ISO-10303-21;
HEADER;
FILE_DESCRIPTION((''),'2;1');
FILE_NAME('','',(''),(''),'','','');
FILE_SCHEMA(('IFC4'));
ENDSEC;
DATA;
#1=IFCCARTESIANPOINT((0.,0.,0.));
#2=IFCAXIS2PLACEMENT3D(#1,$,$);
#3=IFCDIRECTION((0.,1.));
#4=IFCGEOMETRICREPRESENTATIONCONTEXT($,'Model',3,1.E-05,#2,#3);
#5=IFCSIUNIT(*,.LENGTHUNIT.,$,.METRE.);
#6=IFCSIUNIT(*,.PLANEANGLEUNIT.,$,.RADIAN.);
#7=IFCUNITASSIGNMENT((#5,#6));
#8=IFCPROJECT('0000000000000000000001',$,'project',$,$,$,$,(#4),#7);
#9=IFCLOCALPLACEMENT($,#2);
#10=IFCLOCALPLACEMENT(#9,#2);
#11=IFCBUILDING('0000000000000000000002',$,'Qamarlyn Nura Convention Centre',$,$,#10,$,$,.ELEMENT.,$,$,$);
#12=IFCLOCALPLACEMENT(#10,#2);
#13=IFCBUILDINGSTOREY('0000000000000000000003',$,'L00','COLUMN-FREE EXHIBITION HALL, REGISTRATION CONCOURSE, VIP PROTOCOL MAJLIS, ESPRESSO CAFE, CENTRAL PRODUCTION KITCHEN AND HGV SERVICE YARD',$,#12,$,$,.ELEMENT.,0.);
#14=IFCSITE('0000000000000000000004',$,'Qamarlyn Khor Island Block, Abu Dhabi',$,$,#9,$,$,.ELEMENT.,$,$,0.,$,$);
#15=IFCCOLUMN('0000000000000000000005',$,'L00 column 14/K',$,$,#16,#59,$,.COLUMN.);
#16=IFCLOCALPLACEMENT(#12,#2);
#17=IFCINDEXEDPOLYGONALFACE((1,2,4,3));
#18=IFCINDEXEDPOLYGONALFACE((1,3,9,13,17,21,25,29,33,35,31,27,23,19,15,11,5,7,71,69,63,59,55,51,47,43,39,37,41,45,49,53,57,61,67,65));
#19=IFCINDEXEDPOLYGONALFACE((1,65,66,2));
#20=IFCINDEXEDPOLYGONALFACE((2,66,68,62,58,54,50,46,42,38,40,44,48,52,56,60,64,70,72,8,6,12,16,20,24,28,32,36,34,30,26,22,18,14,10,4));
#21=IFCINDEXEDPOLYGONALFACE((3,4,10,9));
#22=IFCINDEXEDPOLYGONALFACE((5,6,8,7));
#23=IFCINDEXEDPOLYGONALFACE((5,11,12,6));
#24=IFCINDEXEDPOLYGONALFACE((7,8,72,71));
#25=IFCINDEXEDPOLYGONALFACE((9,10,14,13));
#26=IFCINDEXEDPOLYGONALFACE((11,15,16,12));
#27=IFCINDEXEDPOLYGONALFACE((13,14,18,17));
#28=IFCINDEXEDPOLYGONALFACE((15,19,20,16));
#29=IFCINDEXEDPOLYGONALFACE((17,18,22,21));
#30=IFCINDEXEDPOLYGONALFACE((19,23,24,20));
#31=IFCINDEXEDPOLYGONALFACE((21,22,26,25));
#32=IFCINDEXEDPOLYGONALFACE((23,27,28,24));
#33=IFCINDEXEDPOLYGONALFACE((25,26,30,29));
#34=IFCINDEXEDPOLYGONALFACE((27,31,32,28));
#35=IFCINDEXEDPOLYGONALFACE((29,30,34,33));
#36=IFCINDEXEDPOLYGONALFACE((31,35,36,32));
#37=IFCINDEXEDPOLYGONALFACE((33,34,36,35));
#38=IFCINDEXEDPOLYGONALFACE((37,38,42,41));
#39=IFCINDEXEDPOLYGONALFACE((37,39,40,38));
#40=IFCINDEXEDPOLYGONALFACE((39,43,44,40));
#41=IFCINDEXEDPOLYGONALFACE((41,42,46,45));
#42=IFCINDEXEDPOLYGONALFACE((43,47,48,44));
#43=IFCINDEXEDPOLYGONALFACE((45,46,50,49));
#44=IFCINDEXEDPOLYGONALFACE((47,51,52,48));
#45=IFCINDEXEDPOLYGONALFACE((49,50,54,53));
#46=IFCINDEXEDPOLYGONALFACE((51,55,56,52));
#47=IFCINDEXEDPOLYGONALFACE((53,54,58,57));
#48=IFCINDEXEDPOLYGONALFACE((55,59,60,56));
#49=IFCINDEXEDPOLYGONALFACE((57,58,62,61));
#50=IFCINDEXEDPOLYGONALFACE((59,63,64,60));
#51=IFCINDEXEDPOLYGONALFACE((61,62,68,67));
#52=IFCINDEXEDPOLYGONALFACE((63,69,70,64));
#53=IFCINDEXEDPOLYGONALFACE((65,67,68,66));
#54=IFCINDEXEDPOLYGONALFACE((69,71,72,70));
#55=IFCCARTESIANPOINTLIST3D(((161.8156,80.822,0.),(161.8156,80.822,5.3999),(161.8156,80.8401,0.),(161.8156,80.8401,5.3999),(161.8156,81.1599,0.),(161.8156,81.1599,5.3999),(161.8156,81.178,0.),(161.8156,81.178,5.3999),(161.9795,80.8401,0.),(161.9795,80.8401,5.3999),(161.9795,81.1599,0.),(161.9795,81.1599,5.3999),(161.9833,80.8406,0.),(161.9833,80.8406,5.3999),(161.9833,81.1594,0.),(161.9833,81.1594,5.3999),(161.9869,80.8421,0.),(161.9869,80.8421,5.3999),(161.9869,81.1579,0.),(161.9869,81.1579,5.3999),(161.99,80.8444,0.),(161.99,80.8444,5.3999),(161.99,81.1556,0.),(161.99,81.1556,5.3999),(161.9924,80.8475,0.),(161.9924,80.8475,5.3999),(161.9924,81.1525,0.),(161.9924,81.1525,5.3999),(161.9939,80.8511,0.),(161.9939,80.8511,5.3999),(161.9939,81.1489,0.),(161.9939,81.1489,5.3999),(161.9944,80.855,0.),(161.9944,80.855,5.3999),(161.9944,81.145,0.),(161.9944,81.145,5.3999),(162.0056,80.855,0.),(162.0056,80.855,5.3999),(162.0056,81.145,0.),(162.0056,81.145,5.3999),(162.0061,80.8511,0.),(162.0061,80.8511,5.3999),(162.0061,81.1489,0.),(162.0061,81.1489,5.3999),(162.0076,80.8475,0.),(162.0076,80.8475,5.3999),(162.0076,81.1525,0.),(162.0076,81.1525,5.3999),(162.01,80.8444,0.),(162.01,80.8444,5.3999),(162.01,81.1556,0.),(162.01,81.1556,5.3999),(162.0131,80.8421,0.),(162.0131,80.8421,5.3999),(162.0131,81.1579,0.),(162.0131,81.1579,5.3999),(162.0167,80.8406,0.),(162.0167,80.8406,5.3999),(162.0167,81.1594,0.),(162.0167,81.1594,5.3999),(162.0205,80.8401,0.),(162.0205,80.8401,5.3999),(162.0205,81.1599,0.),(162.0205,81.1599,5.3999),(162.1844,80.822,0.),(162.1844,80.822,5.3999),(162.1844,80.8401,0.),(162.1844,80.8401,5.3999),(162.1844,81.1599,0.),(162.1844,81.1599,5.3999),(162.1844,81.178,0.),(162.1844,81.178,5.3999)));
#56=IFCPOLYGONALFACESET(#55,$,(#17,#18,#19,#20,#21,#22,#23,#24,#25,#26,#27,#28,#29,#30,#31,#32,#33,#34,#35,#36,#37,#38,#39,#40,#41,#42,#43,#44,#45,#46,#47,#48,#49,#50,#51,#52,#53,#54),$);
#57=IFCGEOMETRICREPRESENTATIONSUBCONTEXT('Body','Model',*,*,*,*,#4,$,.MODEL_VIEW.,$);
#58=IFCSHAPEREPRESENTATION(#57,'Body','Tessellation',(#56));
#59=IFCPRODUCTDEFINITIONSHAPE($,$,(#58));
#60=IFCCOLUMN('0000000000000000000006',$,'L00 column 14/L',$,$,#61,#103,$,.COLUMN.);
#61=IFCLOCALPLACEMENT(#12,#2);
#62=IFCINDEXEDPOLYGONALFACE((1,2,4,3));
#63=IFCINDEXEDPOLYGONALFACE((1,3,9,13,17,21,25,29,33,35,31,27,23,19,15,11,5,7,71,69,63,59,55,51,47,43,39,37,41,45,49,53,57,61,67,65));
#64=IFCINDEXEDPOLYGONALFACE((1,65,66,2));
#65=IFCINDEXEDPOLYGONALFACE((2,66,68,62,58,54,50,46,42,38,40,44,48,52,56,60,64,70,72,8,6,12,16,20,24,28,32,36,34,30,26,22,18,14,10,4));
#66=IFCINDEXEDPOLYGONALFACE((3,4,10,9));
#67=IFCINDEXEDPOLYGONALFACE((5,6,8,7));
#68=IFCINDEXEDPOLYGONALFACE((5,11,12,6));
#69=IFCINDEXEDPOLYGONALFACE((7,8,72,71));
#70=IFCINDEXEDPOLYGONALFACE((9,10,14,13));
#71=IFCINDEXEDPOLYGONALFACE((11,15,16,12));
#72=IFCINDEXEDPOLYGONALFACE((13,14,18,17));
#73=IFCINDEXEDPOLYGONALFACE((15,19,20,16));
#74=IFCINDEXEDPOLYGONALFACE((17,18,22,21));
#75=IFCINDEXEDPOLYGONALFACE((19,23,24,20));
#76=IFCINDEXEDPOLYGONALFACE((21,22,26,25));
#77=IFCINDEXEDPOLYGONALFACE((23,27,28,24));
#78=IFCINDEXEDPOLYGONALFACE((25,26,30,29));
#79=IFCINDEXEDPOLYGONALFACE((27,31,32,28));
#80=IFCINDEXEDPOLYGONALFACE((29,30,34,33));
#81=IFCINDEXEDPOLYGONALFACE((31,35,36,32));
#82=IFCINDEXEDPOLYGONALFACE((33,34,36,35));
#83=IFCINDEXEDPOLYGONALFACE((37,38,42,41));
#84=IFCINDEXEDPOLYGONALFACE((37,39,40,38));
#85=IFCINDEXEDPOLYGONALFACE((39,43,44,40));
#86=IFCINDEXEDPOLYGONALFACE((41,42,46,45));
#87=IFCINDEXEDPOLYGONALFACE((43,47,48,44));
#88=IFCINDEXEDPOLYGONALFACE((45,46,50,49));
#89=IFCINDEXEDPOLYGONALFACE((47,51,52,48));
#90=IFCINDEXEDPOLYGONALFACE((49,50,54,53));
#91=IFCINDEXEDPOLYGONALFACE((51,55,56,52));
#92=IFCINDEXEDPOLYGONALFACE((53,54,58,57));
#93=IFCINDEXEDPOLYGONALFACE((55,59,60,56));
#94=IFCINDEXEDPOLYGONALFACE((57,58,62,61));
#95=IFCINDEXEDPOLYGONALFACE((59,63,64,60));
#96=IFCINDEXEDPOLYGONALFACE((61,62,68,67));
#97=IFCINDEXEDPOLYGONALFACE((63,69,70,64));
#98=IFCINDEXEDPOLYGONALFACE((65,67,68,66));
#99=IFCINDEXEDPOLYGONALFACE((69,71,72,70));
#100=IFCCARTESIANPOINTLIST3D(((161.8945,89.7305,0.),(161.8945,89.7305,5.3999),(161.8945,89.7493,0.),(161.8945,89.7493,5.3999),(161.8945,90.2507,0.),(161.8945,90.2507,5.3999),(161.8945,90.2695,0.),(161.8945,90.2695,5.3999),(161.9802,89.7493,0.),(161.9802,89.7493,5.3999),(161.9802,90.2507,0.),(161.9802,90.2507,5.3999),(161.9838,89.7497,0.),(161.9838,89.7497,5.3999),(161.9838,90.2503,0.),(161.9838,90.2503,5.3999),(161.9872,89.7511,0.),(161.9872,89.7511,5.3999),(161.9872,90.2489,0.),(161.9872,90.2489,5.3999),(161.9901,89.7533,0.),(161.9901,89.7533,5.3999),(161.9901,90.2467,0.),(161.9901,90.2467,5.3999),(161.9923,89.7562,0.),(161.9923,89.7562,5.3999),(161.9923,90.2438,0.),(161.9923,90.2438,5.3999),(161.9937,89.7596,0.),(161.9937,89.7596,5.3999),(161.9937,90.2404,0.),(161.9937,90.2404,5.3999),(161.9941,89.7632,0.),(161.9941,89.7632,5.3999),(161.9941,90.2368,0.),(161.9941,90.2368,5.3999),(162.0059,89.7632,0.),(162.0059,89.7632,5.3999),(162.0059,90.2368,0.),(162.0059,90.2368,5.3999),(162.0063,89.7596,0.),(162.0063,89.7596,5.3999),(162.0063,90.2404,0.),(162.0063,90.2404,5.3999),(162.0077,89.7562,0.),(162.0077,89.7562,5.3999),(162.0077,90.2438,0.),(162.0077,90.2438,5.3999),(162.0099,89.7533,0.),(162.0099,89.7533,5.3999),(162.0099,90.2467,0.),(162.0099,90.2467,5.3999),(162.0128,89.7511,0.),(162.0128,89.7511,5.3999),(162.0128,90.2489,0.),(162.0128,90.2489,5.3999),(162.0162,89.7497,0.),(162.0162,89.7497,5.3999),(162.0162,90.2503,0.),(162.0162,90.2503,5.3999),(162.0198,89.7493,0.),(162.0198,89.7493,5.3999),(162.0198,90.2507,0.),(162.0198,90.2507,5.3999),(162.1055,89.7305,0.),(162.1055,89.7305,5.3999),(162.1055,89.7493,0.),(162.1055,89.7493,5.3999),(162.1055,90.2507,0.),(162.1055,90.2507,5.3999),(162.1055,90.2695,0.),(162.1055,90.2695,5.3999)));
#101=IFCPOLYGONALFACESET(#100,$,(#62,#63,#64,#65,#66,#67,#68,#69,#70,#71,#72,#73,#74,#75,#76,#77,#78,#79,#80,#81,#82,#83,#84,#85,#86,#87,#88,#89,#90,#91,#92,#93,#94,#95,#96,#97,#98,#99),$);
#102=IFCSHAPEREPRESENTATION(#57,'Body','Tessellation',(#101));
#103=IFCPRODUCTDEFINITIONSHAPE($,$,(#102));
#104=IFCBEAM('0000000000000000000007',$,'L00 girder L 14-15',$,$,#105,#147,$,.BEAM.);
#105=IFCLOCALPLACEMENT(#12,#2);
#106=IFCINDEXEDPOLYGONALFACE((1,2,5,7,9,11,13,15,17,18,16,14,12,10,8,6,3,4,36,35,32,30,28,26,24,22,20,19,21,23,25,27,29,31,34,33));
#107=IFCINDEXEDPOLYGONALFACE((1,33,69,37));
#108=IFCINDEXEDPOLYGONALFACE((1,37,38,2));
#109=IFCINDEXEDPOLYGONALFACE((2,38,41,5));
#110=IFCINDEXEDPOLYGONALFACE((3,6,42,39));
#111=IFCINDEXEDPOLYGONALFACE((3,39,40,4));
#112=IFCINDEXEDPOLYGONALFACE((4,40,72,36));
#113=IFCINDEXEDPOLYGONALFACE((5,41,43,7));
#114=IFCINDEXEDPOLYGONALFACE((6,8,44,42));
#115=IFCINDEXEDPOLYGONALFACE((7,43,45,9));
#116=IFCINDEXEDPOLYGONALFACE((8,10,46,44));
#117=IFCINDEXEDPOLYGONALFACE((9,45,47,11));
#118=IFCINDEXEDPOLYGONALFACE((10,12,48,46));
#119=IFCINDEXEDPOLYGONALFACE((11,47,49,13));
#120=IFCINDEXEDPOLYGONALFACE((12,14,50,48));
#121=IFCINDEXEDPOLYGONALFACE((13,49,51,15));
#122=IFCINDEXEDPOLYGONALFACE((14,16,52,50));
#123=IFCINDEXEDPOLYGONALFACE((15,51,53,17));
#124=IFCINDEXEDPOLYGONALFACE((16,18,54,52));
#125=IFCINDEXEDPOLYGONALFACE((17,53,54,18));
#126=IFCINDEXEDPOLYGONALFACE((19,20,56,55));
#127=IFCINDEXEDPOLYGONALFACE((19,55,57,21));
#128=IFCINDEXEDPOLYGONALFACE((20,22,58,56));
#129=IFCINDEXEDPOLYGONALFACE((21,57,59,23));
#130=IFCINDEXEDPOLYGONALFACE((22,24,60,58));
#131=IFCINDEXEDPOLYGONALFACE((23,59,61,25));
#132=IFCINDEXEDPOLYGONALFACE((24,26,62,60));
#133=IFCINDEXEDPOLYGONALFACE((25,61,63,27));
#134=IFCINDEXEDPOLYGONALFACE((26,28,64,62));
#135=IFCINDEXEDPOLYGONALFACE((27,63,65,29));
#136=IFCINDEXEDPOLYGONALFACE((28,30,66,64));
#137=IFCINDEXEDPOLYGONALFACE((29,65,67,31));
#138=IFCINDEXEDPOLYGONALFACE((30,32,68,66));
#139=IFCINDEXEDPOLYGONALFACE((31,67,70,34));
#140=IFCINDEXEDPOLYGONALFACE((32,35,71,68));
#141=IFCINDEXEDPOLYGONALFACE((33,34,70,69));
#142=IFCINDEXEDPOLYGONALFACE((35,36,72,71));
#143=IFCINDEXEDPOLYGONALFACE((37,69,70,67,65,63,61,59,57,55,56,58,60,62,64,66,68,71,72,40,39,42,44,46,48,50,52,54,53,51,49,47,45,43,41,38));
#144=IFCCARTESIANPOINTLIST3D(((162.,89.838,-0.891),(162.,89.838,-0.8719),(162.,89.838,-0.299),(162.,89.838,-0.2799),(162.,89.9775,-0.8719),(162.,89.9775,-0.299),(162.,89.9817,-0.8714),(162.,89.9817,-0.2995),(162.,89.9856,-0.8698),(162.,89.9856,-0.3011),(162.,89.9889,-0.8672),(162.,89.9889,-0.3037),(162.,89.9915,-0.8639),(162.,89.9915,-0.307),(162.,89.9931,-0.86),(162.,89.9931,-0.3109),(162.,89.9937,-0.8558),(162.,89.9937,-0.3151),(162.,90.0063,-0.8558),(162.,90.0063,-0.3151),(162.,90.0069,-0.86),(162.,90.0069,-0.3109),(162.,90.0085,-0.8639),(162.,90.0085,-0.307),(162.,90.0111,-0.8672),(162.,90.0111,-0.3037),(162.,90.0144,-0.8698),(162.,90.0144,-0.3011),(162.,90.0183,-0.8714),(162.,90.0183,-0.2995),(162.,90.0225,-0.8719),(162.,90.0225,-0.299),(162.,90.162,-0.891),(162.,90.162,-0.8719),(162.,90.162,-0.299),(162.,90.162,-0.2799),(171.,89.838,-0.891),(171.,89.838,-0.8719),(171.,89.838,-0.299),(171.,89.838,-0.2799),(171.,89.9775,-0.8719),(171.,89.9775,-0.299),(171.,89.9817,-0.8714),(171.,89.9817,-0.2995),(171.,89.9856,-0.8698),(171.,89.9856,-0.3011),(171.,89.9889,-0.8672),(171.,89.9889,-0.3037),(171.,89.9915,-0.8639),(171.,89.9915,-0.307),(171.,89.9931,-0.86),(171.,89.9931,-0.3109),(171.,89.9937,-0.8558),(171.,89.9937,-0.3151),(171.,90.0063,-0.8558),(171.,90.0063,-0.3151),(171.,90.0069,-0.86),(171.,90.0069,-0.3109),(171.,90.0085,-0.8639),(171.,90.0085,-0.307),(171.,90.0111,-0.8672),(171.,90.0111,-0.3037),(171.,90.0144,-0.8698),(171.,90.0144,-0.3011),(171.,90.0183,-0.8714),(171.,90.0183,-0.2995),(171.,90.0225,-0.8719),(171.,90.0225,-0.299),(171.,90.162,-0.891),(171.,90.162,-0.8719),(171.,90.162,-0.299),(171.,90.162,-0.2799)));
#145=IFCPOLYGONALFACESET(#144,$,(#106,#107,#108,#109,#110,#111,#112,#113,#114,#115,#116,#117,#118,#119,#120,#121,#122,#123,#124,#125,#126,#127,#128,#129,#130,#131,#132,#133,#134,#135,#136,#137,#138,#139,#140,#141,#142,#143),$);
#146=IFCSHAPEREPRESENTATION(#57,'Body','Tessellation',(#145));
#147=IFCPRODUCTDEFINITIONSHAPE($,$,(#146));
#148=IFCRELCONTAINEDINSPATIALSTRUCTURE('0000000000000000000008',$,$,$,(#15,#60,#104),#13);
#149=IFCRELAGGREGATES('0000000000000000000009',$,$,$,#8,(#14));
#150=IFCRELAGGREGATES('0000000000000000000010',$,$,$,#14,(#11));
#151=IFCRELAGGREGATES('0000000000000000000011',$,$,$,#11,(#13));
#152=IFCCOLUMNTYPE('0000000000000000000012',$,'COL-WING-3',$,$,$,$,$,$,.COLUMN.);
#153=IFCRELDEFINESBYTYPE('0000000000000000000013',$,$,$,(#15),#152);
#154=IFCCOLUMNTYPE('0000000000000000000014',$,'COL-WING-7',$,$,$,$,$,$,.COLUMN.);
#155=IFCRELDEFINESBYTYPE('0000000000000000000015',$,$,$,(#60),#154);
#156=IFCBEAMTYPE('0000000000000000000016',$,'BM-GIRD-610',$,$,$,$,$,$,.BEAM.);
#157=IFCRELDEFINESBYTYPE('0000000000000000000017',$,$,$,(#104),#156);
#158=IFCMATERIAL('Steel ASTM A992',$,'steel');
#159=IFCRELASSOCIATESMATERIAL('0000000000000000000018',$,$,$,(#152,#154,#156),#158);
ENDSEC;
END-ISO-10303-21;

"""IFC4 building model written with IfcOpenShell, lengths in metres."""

from ifc_helpers import new_model, si_unit, direction, frame, origin, origin_2d, place, context, subcontext, project, spatial, i_section, extrude, material, material_profile, profile_set, type_object, element, save


model = new_model("IFC4")

# Units and contexts
model_context = context("Model", 3, precision=1e-05, world=origin(), true_north=direction((0.0, 1.0)))
body_context = subcontext(model_context, "Body", "Model", "MODEL_VIEW")
ifc_project = project(units=[si_unit("LENGTHUNIT", "METRE"), si_unit("PLANEANGLEUNIT", "RADIAN")], contexts=[model_context])

# Site, building, storey
site_placement = place(None, origin())
site = spatial("IfcSite", under=ifc_project, at=site_placement, Name="Qamarlyn Khor Island Block, Abu Dhabi", CompositionType="ELEMENT", RefElevation=0.0)
building_placement = place(site_placement, origin())
building = spatial("IfcBuilding", under=site, at=building_placement, Name="Qamarlyn Nura Convention Centre", CompositionType="ELEMENT")
storey_placement = place(building_placement, origin())
storey = spatial("IfcBuildingStorey", under=building, at=storey_placement, Name="L00", Description="COLUMN-FREE EXHIBITION HALL, REGISTRATION CONCOURSE, VIP PROTOCOL MAJLIS, ESPRESSO CAFE, CENTRAL PRODUCTION KITCHEN AND HGV SERVICE YARD", CompositionType="ELEMENT", Elevation=0.0)

# Columns
ifc_material_1 = material(Name="Steel ASTM A992", Category="steel")
ifc_material_profile_1 = material_profile(ifc_material_1, i_section(OverallWidth=0.3689, OverallDepth=0.356, WebThickness=0.0112, FlangeThickness=0.0181, FilletRadius=0.0149, at=origin_2d()), Name="W360X134")
ifc_profile_set_1 = profile_set([ifc_material_profile_1], Name="Steel ASTM A992")
column_type_1 = type_object("IfcColumnType", Name="COL-WING-3", PredefinedType="COLUMN", material=ifc_profile_set_1)
column_1_placement = place(storey_placement, frame((162.0, 81.0, 0.0), z_axis=(0.0, 0.0, 1.0), x_axis=(1.0, 0.0, 0.0)))
element("IfcColumn", 1, at=column_1_placement, inside=storey, type_object=column_type_1, Name="L00 column 14/K", PredefinedType="COLUMN", context=body_context, shape_type="SweptSolid", body=[
    extrude(i_section(OverallWidth=0.3689, OverallDepth=0.356, WebThickness=0.0112, FlangeThickness=0.0181, FilletRadius=0.0149, at=origin_2d()), origin(), (0.0, 0.0, 1.0), 5.3999),
])
ifc_material_profile_2 = material_profile(ifc_material_1, i_section(OverallWidth=0.2109, OverallDepth=0.5391, WebThickness=0.0117, FlangeThickness=0.0188, FilletRadius=0.0139, at=origin_2d()), Name="W530X109")
ifc_profile_set_2 = profile_set([ifc_material_profile_2], Name="Steel ASTM A992")
column_type_2 = type_object("IfcColumnType", Name="COL-WING-7", PredefinedType="COLUMN", material=ifc_profile_set_2)
column_2_placement = place(storey_placement, frame((162.0, 90.0, 0.0), z_axis=(0.0, 0.0, 1.0), x_axis=(1.0, 0.0, 0.0)))
element("IfcColumn", 2, at=column_2_placement, inside=storey, type_object=column_type_2, Name="L00 column 14/L", PredefinedType="COLUMN", context=body_context, shape_type="SweptSolid", body=[
    extrude(i_section(OverallWidth=0.2109, OverallDepth=0.5391, WebThickness=0.0117, FlangeThickness=0.0188, FilletRadius=0.0139, at=origin_2d()), origin(), (0.0, 0.0, 1.0), 5.3999),
])

# Beam
ifc_material_profile_3 = material_profile(ifc_material_1, i_section(OverallWidth=0.324, OverallDepth=0.6111, WebThickness=0.0127, FlangeThickness=0.019, FilletRadius=0.0161, at=origin_2d()), Name="W610X155")
ifc_profile_set_3 = profile_set([ifc_material_profile_3], Name="Steel ASTM A992")
beam_type_1 = type_object("IfcBeamType", Name="BM-GIRD-610", PredefinedType="BEAM", material=ifc_profile_set_3)
beam_1_placement = place(storey_placement, frame((162.0, 90.0, -0.5854), z_axis=(1.0, 0.0, 0.0), x_axis=(0.0, 1.0, 0.0)))
element("IfcBeam", 3, at=beam_1_placement, inside=storey, type_object=beam_type_1, Name="L00 girder L 14-15", PredefinedType="BEAM", context=body_context, shape_type="SweptSolid", body=[
    extrude(i_section(OverallWidth=0.324, OverallDepth=0.6111, WebThickness=0.0127, FlangeThickness=0.019, FilletRadius=0.0161, at=origin_2d()), origin(), (0.0, 0.0, 1.0), 9.0),
])

save(model, "model.ifc")
